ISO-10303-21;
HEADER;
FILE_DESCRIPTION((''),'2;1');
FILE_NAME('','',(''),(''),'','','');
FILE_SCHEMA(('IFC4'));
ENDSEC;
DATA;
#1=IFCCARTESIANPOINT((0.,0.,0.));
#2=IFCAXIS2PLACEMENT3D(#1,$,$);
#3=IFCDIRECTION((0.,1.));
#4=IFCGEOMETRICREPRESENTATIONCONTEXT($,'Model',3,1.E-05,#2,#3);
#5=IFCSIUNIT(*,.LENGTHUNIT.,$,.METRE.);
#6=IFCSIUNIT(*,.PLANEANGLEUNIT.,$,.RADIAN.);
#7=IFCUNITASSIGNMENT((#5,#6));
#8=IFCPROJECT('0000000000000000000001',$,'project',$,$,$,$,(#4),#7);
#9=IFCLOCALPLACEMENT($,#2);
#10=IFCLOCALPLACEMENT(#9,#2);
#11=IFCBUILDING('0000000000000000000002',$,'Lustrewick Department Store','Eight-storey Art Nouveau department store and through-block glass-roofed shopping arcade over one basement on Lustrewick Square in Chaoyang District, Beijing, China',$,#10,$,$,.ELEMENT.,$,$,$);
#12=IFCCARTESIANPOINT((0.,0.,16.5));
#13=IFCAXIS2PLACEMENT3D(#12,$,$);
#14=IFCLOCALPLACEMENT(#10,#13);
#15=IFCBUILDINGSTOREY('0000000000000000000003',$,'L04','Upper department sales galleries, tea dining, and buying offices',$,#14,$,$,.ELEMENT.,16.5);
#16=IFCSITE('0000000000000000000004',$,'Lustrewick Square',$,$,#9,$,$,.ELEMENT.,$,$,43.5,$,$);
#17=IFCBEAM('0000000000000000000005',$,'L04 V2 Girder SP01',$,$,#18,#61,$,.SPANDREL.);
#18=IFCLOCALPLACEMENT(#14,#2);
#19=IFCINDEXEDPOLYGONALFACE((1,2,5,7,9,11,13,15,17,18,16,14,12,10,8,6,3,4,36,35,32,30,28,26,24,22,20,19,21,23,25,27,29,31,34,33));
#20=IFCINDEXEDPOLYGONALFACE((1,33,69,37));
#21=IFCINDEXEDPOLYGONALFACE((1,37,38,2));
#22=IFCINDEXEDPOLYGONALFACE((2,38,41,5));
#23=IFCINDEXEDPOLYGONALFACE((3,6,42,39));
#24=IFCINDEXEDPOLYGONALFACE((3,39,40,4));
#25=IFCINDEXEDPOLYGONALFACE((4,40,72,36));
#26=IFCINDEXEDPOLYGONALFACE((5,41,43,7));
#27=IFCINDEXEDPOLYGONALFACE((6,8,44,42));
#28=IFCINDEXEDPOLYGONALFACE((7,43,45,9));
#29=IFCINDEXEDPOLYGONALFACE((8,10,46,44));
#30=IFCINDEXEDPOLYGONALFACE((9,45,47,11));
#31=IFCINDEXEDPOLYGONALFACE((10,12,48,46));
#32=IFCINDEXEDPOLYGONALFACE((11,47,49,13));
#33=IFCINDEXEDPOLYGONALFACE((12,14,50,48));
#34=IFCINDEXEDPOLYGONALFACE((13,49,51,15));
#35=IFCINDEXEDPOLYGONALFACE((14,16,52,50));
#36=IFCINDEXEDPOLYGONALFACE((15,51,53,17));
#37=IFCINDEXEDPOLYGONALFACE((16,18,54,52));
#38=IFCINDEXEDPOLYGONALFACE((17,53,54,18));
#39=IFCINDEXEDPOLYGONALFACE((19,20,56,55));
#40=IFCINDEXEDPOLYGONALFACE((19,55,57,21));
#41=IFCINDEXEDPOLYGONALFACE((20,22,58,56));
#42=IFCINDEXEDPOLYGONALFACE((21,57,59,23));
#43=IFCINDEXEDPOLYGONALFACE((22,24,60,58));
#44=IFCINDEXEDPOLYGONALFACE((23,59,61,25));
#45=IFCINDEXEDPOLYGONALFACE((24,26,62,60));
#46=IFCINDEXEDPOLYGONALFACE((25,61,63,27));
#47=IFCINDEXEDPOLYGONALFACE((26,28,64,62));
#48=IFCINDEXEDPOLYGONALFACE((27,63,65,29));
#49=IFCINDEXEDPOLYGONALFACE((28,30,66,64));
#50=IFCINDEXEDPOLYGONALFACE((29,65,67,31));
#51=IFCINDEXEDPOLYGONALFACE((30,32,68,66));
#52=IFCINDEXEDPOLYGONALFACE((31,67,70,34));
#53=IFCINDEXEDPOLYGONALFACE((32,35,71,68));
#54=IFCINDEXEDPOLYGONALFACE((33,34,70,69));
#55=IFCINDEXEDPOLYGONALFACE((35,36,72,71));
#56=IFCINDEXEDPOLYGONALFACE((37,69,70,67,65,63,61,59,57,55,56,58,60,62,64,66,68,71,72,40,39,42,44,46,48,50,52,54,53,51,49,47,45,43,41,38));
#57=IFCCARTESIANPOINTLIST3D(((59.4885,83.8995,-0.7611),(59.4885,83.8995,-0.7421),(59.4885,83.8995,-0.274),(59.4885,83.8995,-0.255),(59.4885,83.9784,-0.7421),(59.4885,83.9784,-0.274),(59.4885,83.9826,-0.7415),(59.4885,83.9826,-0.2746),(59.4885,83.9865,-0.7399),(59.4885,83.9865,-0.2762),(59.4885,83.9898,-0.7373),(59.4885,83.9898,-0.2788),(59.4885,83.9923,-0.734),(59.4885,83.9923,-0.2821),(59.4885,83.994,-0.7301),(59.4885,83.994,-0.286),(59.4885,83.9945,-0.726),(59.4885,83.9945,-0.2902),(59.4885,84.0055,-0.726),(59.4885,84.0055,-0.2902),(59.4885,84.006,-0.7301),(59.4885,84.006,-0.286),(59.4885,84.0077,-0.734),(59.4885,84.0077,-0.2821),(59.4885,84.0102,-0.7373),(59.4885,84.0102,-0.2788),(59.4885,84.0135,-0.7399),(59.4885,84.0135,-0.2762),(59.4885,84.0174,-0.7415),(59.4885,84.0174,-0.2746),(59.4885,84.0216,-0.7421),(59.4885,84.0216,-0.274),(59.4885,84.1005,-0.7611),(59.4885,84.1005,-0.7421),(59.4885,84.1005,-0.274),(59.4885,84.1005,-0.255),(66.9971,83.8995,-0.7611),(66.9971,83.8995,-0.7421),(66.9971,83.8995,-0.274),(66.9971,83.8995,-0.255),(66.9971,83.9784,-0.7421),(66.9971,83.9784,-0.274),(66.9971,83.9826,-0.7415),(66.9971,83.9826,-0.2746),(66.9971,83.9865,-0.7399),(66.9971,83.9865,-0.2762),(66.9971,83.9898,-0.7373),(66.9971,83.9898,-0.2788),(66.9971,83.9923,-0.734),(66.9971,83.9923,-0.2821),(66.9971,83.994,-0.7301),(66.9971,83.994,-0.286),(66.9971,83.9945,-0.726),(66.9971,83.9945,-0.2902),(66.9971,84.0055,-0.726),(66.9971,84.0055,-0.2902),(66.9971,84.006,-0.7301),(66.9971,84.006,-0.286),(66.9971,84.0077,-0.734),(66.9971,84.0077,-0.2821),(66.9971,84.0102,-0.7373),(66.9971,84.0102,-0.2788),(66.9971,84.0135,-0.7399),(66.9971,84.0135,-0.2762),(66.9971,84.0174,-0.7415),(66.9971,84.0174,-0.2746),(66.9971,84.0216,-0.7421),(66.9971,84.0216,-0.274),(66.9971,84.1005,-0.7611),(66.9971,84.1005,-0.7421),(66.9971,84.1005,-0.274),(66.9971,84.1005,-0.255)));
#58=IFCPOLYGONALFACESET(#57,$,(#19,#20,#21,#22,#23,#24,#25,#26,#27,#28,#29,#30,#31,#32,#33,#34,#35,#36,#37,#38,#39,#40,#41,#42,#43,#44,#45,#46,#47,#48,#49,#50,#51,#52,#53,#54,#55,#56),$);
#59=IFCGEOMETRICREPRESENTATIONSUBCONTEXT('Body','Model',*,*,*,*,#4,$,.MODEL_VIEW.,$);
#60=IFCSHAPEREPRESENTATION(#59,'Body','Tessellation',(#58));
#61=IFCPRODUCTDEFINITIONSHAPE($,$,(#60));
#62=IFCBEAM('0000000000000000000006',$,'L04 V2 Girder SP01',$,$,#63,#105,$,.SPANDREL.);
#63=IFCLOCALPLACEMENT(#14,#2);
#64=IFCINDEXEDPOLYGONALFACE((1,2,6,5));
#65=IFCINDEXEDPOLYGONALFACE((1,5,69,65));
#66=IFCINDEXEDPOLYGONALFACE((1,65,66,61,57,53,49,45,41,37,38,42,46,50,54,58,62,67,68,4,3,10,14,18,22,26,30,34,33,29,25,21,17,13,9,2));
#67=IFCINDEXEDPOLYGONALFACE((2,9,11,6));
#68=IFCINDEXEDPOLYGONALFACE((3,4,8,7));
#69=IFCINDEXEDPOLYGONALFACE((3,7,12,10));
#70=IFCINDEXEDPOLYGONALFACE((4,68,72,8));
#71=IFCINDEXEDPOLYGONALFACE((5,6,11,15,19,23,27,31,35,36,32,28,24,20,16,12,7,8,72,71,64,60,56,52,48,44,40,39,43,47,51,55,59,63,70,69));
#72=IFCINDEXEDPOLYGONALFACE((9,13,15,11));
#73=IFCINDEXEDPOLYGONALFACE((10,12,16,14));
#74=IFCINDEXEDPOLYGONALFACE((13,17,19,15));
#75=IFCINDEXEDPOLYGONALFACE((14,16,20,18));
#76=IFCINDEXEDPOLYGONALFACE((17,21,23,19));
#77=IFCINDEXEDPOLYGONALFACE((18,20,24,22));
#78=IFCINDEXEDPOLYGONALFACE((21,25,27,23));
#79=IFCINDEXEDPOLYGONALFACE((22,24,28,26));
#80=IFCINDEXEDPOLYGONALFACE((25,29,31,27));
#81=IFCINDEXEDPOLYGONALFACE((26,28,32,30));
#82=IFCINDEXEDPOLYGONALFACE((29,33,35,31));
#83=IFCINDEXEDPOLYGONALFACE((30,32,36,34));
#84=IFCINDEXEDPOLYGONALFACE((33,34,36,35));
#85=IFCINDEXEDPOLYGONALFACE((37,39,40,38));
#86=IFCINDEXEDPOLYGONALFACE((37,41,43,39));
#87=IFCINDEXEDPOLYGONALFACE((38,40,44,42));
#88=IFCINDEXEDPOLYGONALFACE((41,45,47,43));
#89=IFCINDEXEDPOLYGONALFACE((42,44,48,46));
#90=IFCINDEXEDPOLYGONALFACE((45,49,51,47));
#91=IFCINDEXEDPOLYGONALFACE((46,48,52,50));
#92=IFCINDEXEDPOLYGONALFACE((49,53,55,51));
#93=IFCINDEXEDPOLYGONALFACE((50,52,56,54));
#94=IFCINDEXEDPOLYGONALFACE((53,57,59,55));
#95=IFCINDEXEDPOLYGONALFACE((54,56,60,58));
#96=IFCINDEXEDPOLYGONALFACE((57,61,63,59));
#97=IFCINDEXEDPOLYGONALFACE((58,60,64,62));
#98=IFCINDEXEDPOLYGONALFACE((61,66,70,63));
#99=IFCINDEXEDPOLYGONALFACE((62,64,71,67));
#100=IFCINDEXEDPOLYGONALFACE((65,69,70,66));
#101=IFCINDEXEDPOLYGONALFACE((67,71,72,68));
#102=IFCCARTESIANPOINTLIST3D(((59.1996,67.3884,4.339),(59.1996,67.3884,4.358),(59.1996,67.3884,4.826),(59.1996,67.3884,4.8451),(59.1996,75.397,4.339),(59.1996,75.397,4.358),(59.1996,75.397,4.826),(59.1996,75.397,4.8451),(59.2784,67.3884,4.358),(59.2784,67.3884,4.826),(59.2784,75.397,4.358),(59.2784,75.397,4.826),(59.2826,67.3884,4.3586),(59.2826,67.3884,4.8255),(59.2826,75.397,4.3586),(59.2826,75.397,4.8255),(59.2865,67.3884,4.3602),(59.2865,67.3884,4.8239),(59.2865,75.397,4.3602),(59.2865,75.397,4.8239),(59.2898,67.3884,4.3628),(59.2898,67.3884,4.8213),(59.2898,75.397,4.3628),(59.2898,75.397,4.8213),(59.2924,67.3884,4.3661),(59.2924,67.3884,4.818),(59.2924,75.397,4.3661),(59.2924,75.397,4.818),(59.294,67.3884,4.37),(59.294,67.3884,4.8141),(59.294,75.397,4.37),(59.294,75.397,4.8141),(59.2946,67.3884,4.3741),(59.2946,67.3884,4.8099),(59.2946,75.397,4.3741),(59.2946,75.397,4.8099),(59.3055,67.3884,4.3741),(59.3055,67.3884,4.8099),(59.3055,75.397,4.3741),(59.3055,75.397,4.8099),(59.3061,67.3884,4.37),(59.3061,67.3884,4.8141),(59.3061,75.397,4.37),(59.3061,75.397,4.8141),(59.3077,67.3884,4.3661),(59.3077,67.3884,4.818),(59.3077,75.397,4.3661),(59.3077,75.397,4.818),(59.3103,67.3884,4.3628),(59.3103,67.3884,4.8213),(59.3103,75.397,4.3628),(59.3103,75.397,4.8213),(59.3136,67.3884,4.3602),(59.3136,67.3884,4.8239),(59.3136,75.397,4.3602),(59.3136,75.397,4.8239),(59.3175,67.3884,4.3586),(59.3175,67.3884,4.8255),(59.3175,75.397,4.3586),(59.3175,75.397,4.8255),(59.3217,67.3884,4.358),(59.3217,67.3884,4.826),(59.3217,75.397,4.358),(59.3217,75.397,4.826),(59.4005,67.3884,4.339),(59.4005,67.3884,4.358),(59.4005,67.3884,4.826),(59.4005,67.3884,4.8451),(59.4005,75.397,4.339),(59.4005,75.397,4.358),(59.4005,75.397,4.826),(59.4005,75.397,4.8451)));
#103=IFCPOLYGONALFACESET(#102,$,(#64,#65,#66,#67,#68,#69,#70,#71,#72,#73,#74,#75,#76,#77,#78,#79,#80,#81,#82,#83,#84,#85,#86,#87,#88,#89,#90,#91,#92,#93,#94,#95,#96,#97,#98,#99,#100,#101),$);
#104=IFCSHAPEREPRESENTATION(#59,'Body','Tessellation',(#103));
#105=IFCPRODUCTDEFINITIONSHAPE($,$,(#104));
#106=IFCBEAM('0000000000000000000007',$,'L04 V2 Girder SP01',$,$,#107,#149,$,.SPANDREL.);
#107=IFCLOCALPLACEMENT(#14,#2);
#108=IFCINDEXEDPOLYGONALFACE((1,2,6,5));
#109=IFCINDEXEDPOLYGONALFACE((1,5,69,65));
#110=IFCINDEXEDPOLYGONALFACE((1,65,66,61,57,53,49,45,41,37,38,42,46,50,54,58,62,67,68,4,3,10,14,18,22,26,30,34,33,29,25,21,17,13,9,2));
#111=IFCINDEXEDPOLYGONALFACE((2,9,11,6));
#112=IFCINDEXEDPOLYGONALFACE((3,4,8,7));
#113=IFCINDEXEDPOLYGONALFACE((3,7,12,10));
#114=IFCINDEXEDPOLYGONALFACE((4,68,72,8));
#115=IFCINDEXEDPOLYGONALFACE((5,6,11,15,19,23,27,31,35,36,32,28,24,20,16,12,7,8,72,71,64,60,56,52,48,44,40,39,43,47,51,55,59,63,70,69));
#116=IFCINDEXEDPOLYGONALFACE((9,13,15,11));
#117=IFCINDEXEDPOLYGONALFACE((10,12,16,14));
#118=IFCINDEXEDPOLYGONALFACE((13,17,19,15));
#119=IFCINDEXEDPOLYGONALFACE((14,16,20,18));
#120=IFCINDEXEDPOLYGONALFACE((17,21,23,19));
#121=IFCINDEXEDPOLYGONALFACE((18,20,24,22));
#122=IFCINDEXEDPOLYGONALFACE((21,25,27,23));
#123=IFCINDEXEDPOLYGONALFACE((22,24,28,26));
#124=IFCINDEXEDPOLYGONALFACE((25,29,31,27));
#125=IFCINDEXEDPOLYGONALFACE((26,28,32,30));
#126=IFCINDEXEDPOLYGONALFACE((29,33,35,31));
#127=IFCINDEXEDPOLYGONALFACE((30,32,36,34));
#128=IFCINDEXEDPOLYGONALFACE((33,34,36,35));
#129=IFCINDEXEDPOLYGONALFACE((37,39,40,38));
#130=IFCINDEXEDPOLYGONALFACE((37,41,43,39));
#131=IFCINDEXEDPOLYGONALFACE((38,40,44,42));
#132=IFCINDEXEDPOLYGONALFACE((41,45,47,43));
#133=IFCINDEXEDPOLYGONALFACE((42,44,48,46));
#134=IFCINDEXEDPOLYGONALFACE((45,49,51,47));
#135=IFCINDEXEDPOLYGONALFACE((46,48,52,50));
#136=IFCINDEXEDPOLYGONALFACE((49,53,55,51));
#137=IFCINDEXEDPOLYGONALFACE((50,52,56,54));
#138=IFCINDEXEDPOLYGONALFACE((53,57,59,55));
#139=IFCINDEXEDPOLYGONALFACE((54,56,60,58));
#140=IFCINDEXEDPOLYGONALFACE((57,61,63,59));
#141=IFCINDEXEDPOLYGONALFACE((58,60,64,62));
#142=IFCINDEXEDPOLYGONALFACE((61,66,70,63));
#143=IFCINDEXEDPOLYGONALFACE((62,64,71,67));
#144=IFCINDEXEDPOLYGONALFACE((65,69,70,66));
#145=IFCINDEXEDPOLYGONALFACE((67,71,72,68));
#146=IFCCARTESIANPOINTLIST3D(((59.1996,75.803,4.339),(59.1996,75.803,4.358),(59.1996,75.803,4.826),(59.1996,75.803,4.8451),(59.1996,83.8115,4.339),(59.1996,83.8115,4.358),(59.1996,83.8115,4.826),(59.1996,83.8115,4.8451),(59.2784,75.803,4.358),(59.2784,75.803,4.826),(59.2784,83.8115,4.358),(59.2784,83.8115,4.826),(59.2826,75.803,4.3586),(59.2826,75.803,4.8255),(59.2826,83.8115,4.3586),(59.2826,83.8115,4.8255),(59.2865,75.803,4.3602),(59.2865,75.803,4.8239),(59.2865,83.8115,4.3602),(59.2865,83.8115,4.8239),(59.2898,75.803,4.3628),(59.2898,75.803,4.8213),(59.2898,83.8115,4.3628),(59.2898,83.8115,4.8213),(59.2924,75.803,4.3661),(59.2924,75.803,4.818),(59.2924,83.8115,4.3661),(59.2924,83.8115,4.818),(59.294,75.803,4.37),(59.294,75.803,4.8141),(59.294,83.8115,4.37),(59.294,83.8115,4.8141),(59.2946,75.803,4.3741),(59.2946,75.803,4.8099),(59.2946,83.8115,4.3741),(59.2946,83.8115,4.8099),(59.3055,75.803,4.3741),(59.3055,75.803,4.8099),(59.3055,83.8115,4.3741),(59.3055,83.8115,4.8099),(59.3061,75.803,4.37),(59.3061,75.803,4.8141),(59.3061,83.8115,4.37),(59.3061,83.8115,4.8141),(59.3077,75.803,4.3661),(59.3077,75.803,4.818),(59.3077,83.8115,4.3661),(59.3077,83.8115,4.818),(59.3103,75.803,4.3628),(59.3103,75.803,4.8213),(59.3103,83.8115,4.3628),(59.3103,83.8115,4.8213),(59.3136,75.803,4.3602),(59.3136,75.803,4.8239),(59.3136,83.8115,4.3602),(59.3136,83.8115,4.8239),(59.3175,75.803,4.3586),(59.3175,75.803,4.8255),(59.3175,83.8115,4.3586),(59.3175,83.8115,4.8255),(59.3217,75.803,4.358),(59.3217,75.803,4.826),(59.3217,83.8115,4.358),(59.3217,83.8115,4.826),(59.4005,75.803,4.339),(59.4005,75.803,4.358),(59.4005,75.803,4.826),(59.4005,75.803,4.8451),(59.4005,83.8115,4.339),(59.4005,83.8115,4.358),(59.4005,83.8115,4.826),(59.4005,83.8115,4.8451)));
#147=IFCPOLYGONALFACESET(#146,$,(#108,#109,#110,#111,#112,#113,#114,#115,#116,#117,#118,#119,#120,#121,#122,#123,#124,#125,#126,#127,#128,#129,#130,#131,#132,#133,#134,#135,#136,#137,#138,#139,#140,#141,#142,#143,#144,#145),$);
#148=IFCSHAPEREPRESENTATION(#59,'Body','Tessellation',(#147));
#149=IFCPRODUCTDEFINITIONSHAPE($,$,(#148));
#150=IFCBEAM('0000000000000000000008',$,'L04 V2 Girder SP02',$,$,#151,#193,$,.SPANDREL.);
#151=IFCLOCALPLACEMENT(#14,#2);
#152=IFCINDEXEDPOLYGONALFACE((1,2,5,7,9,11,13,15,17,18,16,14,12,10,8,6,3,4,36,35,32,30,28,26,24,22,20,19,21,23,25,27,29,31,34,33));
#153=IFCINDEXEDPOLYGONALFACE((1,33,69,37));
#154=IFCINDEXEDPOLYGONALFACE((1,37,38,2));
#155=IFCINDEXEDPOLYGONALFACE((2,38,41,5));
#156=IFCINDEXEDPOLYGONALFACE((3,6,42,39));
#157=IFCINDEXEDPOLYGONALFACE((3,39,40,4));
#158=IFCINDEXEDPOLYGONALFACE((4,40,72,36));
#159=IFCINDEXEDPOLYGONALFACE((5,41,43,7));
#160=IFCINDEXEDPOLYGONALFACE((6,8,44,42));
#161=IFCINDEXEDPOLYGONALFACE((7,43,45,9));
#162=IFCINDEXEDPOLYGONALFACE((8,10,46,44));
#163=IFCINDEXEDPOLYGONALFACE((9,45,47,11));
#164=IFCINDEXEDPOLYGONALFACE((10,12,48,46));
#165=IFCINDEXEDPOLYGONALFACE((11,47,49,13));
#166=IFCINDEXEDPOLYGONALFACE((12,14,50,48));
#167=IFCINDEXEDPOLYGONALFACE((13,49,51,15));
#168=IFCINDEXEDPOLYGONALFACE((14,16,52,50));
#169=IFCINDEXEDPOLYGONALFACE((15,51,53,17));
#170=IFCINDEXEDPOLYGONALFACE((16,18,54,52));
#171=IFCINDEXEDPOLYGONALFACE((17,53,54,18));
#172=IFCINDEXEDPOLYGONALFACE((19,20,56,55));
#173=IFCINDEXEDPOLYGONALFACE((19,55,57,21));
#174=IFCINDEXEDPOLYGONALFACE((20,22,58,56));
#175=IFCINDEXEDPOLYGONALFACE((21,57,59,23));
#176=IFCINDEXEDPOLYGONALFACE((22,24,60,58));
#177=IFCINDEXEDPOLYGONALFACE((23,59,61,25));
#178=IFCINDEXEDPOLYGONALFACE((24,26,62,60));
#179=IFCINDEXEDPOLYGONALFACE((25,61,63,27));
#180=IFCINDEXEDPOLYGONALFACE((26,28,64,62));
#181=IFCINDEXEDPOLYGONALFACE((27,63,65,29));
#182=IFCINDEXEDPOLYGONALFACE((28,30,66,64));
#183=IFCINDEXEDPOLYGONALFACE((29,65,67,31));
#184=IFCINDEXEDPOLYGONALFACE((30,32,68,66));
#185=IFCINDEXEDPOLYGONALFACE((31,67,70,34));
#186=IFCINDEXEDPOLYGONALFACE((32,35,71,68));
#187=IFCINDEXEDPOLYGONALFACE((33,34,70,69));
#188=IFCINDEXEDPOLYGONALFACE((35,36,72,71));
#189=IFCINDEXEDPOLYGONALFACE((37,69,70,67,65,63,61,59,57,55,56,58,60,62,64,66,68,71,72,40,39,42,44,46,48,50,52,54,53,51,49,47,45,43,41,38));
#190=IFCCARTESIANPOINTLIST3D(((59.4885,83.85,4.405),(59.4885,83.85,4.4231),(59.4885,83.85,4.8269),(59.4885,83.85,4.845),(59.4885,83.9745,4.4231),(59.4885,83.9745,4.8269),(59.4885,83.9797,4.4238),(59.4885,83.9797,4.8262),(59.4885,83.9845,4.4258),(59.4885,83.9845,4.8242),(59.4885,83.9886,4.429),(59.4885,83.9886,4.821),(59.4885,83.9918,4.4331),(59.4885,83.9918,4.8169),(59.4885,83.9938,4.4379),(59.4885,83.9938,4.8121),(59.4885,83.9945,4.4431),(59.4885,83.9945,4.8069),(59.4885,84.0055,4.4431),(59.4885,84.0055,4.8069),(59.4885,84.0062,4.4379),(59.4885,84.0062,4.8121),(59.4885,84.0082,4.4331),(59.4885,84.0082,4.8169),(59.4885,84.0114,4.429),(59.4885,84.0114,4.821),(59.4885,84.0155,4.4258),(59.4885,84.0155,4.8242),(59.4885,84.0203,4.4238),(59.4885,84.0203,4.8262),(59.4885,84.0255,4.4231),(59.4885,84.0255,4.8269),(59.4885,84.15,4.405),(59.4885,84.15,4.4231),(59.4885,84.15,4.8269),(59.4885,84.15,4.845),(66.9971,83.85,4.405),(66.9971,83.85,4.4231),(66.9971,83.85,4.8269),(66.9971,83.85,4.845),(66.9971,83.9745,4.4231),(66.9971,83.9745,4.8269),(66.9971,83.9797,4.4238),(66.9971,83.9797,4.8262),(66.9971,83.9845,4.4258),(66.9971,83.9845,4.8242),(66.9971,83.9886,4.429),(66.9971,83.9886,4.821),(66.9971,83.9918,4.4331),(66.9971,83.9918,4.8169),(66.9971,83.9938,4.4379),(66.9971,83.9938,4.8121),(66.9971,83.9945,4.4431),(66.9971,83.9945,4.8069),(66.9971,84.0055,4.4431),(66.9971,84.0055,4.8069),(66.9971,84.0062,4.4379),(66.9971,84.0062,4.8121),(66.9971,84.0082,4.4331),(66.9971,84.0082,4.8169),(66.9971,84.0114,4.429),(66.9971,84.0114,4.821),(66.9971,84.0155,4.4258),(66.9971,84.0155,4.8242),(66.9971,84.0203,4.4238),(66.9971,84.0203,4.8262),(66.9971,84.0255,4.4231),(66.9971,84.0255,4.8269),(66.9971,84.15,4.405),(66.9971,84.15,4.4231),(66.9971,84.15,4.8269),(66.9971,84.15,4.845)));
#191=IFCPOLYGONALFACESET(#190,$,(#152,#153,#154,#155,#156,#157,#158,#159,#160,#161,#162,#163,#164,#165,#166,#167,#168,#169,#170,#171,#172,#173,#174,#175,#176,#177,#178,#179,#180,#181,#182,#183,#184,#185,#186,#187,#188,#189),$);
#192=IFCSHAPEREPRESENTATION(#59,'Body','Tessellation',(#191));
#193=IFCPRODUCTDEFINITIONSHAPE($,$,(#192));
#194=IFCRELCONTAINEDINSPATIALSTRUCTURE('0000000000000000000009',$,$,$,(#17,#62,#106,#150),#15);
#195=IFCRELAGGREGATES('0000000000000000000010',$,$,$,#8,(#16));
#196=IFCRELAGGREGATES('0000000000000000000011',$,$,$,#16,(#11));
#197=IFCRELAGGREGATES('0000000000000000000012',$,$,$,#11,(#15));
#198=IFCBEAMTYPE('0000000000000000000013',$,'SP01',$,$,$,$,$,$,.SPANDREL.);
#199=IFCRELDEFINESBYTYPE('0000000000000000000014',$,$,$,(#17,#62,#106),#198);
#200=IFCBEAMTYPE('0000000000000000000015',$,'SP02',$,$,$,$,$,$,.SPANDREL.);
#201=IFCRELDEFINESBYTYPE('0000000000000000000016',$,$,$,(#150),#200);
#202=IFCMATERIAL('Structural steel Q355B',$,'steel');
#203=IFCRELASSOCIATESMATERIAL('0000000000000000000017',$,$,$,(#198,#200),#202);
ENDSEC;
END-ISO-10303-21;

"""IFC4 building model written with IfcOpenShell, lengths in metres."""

from ifc_helpers import new_model, si_unit, direction, frame, origin, origin_2d, place, context, subcontext, project, spatial, i_section, extrude, material, material_profile, profile_set, type_object, element, save


model = new_model("IFC4")

# Units and contexts
model_context = context("Model", 3, precision=1e-05, world=origin(), true_north=direction((0.0, 1.0)))
body_context = subcontext(model_context, "Body", "Model", "MODEL_VIEW")
ifc_project = project(units=[si_unit("LENGTHUNIT", "METRE"), si_unit("PLANEANGLEUNIT", "RADIAN")], contexts=[model_context])

# Site, building, storey
site_placement = place(None, origin())
site = spatial("IfcSite", under=ifc_project, at=site_placement, Name="Lustrewick Square", CompositionType="ELEMENT", RefElevation=43.5)
building_placement = place(site_placement, origin())
building = spatial("IfcBuilding", under=site, at=building_placement, Name="Lustrewick Department Store", Description="Eight-storey Art Nouveau department store and through-block glass-roofed shopping arcade over one basement on Lustrewick Square in Chaoyang District, Beijing, China", CompositionType="ELEMENT")
storey_placement = place(building_placement, frame((0.0, 0.0, 16.5)))
storey = spatial("IfcBuildingStorey", under=building, at=storey_placement, Name="L04", Description="Upper department sales galleries, tea dining, and buying offices", CompositionType="ELEMENT", Elevation=16.5)

# Shared definitions
ifc_material_1 = material(Name="Structural steel Q355B", Category="steel")

# Beams
ifc_material_profile_1 = material_profile(ifc_material_1, i_section(OverallWidth=0.2009, OverallDepth=0.5061, WebThickness=0.011, FlangeThickness=0.019, FilletRadius=0.0161, at=origin_2d()), Name="HN 506x201x11x19")
ifc_profile_set_1 = profile_set([ifc_material_profile_1], Name="Structural steel Q355B")
beam_type_1 = type_object("IfcBeamType", Name="SP01", PredefinedType="SPANDREL", material=ifc_profile_set_1)
beam_1_placement = place(storey_placement, frame((59.4885, 84.0, -0.5081), z_axis=(1.0, 0.0, 0.0), x_axis=(0.0, 1.0, 0.0)))
element("IfcBeam", 1, at=beam_1_placement, inside=storey, type_object=beam_type_1, Name="L04 V2 Girder SP01", PredefinedType="SPANDREL", context=body_context, shape_type="SweptSolid", body=[
    extrude(i_section(OverallWidth=0.2009, OverallDepth=0.5061, WebThickness=0.011, FlangeThickness=0.019, FilletRadius=0.0161, at=origin_2d()), origin(), (0.0, 0.0, 1.0), 7.5085),
])
for number, where, z_axis, x_axis, name in (
    (2, (59.3, 67.3884, 4.592), (0.0, 1.0, 0.0), (-1.0, 0.0, 0.0), "L04 V2 Girder SP01"),
    (3, (59.3, 75.803, 4.592), (0.0, 1.0, 0.0), (-1.0, 0.0, 0.0), "L04 V2 Girder SP01"),
):
    element("IfcBeam", number, at=place(storey_placement, frame(where, z_axis=z_axis, x_axis=x_axis)), inside=storey, type_object=beam_type_1, Name=name, PredefinedType="SPANDREL", context=body_context, shape_type="SweptSolid", body=[
        extrude(i_section(OverallWidth=0.2009, OverallDepth=0.5061, WebThickness=0.011, FlangeThickness=0.019, FilletRadius=0.0161, at=origin_2d()), origin(), (0.0, 0.0, 1.0), 8.0085),
    ])
ifc_material_profile_2 = material_profile(ifc_material_1, i_section(OverallWidth=0.3, OverallDepth=0.4399, WebThickness=0.011, FlangeThickness=0.0181, FilletRadius=0.02, at=origin_2d()), Name="HM 440x300x11x18")
ifc_profile_set_2 = profile_set([ifc_material_profile_2], Name="Structural steel Q355B")
beam_type_2 = type_object("IfcBeamType", Name="SP02", PredefinedType="SPANDREL", material=ifc_profile_set_2)
beam_2_placement = place(storey_placement, frame((59.4885, 84.0, 4.625), z_axis=(1.0, 0.0, 0.0), x_axis=(0.0, 1.0, 0.0)))
element("IfcBeam", 4, at=beam_2_placement, inside=storey, type_object=beam_type_2, Name="L04 V2 Girder SP02", PredefinedType="SPANDREL", context=body_context, shape_type="SweptSolid", body=[
    extrude(i_section(OverallWidth=0.3, OverallDepth=0.4399, WebThickness=0.011, FlangeThickness=0.0181, FilletRadius=0.02, at=origin_2d()), origin(), (0.0, 0.0, 1.0), 7.5085),
])

save(model, "model.ifc")
